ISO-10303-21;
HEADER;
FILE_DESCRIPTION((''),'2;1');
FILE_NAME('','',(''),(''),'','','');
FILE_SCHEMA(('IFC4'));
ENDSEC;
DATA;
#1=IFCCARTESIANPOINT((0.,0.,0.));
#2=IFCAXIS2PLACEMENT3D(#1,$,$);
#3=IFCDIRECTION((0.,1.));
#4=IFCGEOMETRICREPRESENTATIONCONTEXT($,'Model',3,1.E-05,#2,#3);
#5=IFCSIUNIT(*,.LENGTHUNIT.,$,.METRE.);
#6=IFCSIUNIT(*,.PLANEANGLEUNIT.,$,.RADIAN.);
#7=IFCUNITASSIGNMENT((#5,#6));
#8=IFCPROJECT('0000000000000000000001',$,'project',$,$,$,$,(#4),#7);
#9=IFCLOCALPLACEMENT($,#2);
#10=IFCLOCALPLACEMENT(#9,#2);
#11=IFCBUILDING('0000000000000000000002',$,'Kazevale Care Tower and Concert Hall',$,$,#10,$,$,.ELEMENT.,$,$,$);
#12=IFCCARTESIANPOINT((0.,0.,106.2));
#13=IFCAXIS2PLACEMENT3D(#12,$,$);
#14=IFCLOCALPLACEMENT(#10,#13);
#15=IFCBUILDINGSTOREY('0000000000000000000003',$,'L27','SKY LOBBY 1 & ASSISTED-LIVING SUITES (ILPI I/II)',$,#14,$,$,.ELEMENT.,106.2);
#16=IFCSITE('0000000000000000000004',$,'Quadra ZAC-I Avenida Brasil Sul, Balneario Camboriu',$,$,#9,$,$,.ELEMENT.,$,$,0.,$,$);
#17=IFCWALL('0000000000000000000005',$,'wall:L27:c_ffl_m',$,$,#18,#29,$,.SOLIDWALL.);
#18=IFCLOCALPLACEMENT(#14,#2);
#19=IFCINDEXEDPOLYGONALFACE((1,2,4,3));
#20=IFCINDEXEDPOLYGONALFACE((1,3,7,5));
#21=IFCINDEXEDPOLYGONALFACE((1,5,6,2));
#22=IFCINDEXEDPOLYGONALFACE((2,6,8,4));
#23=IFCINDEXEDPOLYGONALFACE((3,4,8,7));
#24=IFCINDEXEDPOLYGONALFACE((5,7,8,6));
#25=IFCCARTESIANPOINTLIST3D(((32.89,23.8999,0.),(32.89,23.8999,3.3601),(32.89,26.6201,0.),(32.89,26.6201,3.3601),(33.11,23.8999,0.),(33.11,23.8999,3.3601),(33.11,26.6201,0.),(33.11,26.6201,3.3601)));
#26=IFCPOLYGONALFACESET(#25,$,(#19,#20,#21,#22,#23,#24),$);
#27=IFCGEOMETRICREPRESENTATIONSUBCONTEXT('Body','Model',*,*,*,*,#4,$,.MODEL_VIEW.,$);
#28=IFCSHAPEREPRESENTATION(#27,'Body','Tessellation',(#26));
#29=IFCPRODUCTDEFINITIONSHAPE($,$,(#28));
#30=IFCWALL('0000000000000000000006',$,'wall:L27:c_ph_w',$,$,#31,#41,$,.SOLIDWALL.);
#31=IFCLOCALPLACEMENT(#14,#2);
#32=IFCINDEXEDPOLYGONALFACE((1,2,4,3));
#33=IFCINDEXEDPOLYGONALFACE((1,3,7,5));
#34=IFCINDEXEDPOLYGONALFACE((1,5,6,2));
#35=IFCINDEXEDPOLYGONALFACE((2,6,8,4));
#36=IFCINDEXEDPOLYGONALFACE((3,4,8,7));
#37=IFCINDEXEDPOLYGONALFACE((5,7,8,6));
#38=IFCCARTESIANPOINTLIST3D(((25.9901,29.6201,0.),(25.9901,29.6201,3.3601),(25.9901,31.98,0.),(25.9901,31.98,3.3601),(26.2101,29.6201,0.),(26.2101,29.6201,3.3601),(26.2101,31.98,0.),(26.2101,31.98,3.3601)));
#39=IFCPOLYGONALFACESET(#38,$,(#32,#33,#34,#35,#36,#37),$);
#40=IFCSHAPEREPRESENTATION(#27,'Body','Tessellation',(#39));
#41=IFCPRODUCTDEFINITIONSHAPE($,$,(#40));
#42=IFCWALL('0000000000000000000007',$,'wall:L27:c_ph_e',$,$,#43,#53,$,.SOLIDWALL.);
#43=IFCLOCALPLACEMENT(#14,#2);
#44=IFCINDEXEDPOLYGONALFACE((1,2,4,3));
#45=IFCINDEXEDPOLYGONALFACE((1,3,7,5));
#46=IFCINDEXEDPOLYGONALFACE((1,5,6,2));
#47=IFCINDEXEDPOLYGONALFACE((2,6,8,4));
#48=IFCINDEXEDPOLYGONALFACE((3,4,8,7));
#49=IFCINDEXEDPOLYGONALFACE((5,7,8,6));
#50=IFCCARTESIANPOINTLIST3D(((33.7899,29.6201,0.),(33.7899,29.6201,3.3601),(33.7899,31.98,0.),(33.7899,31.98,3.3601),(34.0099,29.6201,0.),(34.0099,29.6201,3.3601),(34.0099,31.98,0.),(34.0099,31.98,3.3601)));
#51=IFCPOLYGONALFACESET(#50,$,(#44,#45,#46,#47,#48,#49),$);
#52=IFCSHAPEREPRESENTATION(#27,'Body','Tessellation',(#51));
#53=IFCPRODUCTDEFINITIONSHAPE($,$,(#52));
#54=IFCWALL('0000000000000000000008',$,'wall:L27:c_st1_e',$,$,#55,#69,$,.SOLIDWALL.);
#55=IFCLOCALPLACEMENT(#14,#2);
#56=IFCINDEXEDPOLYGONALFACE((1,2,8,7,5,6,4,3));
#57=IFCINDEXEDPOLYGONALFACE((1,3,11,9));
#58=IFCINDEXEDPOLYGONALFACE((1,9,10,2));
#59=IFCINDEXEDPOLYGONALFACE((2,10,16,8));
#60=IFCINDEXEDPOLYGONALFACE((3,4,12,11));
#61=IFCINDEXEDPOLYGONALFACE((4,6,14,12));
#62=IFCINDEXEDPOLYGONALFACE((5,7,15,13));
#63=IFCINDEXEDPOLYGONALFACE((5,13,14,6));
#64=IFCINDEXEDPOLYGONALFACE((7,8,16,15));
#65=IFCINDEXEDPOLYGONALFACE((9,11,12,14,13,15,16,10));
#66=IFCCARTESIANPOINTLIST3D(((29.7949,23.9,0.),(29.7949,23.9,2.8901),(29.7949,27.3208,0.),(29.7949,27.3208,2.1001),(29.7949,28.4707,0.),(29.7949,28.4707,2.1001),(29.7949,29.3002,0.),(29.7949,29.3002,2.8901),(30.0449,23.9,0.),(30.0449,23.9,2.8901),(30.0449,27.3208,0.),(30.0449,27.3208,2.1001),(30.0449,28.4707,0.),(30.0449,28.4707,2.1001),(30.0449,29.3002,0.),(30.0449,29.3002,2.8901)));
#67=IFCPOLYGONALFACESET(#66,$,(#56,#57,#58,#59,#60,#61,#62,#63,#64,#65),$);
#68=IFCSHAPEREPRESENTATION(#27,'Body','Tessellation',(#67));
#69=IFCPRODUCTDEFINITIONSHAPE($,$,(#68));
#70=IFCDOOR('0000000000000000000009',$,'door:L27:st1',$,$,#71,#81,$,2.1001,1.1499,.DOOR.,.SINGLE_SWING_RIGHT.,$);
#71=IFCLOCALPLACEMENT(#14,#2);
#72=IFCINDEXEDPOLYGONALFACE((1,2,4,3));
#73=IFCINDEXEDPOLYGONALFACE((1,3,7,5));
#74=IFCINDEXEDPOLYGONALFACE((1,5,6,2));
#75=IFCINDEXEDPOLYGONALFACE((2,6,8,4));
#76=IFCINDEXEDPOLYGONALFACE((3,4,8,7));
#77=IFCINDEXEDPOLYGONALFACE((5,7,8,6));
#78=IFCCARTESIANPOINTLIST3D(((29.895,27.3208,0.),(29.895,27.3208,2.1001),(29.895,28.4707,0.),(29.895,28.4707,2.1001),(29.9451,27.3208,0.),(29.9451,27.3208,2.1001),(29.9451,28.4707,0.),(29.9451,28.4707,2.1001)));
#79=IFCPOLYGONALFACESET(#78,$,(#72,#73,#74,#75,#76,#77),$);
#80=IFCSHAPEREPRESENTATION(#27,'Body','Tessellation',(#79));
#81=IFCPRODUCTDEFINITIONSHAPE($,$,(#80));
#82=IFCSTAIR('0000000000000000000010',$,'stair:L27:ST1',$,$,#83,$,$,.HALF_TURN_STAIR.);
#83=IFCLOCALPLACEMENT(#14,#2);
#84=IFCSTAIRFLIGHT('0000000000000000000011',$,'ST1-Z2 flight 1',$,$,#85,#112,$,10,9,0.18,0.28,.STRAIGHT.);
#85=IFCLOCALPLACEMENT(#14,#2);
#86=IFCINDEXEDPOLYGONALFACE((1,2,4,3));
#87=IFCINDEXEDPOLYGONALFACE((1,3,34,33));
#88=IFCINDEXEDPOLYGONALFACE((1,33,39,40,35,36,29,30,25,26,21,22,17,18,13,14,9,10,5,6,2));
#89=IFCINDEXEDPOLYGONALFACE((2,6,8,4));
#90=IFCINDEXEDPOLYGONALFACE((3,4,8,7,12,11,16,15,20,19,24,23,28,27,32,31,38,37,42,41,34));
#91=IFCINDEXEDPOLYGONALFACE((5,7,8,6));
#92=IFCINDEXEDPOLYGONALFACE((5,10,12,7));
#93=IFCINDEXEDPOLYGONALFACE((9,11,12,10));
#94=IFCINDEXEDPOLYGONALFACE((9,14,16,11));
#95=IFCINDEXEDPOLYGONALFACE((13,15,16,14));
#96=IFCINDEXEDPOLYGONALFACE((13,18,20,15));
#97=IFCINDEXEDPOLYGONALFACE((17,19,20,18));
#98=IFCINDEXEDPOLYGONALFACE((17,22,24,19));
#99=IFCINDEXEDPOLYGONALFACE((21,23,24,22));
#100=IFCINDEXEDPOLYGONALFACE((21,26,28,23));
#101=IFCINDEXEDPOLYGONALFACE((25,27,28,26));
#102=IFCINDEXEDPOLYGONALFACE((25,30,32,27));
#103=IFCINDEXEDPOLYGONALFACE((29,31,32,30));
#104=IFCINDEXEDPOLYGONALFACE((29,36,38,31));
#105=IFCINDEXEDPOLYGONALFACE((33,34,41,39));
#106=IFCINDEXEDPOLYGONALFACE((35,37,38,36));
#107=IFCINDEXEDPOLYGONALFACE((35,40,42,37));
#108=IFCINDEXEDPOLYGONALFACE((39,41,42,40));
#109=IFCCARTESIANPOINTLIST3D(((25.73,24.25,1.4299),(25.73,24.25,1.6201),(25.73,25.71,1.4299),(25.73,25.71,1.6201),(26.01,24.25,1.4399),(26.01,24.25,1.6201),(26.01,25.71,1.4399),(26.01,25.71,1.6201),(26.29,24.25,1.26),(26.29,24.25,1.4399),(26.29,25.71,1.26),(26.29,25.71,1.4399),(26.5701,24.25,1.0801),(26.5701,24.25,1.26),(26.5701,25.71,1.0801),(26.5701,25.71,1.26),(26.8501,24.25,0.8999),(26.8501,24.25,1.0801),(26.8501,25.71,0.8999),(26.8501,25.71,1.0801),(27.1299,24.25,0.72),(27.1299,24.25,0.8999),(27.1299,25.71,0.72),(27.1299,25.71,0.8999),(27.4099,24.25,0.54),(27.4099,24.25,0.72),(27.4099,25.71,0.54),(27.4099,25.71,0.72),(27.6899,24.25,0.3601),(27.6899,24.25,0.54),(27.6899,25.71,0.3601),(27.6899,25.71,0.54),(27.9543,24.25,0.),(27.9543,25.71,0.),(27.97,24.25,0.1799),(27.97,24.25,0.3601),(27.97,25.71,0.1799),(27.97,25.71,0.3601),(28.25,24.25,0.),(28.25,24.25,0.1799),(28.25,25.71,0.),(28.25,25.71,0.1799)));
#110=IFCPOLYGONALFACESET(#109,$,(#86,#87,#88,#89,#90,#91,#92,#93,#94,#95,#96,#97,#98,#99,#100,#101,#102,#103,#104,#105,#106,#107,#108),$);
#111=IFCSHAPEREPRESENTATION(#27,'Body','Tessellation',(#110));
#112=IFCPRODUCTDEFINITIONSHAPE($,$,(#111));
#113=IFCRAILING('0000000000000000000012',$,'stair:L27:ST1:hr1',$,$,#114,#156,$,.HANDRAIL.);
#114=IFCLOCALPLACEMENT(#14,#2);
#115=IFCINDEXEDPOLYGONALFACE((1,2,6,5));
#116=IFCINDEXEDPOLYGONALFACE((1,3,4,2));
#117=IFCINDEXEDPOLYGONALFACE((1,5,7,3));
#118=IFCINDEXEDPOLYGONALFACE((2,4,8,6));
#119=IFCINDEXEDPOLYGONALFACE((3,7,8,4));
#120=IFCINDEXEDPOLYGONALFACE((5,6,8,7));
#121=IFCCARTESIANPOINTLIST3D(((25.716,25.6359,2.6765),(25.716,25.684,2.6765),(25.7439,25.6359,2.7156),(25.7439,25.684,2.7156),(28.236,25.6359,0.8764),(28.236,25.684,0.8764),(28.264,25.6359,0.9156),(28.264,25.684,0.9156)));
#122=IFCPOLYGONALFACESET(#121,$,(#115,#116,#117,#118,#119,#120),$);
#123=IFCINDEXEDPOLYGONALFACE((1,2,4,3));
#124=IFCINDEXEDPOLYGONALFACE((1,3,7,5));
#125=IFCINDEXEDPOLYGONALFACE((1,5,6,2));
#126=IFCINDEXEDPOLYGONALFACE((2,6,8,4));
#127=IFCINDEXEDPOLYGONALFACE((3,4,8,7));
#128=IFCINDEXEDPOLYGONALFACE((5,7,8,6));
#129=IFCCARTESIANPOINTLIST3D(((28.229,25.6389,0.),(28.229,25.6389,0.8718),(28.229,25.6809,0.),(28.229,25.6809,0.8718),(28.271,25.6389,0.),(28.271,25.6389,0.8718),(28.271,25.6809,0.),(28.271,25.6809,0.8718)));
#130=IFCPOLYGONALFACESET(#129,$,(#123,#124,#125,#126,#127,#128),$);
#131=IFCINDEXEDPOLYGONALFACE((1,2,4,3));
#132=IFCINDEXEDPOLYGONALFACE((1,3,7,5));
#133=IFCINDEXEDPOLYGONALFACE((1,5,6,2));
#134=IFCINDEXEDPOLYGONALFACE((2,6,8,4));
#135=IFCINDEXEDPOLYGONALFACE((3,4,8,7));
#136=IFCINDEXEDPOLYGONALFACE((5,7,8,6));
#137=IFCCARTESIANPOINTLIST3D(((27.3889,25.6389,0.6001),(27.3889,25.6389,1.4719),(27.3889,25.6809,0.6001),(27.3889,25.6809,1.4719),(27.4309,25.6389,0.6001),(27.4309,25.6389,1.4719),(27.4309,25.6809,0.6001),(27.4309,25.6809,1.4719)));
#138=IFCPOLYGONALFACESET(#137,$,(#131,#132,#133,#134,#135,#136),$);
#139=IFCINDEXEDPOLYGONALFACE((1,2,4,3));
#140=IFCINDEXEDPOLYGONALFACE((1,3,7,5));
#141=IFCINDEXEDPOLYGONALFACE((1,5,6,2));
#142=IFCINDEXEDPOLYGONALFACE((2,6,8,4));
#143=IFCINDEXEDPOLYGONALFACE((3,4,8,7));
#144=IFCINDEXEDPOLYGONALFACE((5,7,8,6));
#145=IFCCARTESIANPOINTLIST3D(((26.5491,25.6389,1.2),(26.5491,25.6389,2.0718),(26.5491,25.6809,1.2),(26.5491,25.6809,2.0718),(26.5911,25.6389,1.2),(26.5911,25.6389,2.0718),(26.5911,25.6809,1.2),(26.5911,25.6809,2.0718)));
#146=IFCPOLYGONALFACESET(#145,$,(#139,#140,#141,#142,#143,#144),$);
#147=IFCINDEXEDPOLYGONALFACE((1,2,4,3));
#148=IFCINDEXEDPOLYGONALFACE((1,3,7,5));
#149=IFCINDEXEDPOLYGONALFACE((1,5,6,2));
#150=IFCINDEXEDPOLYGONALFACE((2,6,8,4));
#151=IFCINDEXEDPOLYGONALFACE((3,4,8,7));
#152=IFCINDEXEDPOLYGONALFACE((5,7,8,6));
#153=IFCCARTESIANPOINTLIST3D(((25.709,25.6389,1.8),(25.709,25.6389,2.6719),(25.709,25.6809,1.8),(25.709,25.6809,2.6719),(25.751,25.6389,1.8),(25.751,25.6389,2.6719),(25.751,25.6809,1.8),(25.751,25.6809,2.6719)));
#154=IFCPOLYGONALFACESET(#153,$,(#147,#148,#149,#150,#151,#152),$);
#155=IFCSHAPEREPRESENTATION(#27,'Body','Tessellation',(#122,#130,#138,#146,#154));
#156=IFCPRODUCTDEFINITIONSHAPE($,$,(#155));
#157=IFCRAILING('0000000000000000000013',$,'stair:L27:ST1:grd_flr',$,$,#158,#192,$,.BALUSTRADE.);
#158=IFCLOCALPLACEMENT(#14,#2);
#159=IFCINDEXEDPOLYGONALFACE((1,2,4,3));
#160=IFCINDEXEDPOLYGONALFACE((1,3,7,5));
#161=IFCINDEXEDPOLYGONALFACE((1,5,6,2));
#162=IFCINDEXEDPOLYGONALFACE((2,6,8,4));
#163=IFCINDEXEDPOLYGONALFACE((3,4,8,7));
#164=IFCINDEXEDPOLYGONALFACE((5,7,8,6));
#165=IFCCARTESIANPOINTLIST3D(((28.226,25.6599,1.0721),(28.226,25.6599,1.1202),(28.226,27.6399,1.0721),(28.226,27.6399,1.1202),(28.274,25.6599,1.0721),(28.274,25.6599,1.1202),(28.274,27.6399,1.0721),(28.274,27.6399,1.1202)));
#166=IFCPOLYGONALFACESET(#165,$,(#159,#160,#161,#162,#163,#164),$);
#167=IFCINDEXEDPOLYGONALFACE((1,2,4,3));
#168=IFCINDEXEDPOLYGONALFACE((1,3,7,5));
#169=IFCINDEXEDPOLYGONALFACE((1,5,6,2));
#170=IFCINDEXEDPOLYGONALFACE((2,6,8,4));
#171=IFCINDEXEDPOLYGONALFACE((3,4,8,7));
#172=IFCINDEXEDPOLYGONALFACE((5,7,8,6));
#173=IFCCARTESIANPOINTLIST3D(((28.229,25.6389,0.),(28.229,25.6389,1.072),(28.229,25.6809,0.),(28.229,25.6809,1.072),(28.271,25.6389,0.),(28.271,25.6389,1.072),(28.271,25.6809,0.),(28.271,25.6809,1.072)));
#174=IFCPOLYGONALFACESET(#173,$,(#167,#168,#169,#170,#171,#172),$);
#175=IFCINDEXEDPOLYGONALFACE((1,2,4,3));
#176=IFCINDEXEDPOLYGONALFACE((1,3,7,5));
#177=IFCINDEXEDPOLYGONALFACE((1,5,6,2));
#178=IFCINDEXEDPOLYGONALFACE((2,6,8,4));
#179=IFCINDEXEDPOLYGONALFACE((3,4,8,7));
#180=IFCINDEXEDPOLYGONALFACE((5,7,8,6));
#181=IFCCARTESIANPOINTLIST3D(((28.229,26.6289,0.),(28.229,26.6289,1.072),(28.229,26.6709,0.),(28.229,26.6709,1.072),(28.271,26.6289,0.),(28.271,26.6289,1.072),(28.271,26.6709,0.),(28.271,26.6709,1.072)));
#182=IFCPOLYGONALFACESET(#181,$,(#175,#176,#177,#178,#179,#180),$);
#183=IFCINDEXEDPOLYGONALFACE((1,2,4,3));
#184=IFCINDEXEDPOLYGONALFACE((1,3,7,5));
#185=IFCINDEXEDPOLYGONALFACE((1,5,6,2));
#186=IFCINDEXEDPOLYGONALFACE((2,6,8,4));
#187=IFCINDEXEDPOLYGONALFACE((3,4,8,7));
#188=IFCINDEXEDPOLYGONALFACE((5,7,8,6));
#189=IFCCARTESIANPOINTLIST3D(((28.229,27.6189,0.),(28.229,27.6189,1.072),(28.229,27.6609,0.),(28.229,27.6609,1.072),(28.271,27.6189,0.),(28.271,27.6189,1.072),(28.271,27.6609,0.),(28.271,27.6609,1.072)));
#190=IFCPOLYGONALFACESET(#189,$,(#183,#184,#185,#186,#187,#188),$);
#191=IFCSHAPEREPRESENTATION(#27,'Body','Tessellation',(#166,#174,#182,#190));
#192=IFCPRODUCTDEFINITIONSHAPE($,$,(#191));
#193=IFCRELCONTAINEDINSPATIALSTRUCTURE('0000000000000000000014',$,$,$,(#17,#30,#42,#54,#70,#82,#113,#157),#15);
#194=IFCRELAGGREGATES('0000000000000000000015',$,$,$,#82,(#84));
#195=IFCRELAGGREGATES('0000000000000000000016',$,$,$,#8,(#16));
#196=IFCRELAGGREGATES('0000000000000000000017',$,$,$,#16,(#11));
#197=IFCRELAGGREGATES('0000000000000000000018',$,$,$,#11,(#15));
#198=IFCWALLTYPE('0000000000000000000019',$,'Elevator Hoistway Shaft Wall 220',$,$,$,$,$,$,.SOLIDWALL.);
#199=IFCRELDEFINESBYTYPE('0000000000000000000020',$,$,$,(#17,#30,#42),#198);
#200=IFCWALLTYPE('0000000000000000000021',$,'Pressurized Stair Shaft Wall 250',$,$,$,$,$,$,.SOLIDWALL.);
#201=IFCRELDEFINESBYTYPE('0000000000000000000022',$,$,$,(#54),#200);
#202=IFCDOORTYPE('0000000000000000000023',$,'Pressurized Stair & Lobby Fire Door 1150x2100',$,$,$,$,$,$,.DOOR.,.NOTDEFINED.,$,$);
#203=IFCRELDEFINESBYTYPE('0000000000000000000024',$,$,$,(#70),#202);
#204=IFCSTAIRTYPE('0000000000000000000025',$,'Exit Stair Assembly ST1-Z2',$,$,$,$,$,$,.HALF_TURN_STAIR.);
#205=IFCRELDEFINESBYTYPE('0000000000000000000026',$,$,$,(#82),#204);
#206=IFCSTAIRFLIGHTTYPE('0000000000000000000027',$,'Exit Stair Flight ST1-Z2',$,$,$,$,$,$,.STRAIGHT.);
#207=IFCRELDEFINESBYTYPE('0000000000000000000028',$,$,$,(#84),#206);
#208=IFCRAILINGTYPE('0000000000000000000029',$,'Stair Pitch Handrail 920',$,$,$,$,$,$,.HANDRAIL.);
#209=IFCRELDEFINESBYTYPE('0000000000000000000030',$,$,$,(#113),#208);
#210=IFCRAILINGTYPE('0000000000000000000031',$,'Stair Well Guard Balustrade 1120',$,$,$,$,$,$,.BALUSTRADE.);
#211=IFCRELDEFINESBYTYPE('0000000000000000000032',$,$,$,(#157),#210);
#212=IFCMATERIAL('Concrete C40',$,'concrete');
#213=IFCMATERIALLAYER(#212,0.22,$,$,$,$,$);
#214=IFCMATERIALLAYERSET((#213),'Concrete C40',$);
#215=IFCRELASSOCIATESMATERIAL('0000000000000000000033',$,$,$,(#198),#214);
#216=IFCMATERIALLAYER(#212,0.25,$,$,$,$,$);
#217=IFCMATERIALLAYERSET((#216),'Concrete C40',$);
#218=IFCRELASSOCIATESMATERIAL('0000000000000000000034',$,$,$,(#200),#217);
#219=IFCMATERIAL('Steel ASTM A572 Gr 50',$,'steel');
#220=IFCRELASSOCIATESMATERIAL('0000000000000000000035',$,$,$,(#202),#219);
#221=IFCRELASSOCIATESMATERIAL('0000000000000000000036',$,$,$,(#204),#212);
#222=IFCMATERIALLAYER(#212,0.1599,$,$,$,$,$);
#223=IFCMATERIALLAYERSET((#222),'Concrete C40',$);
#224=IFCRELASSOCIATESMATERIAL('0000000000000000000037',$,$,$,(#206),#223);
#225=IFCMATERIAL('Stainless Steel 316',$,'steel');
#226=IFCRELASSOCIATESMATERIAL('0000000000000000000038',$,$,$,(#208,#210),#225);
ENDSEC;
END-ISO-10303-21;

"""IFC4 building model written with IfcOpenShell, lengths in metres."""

from ifc_helpers import new_model, si_unit, direction, frame, frame_2d, origin, origin_2d, place, context, subcontext, project, spatial, polyline, rectangle, outline, extrude, material, layer, layer_set, type_object, element, fill, aggregate, save


model = new_model("IFC4")

# Units and contexts
model_context = context("Model", 3, precision=1e-05, world=origin(), true_north=direction((0.0, 1.0)))
body_context = subcontext(model_context, "Body", "Model", "MODEL_VIEW")
ifc_project = project(units=[si_unit("LENGTHUNIT", "METRE"), si_unit("PLANEANGLEUNIT", "RADIAN")], contexts=[model_context])

# Site, building, storey
site_placement = place(None, origin())
site = spatial("IfcSite", under=ifc_project, at=site_placement, Name="Quadra ZAC-I Avenida Brasil Sul, Balneario Camboriu", CompositionType="ELEMENT", RefElevation=0.0)
building_placement = place(site_placement, origin())
building = spatial("IfcBuilding", under=site, at=building_placement, Name="Kazevale Care Tower and Concert Hall", CompositionType="ELEMENT")
storey_placement = place(building_placement, frame((0.0, 0.0, 106.2)))
storey = spatial("IfcBuildingStorey", under=building, at=storey_placement, Name="L27", Description="SKY LOBBY 1 & ASSISTED-LIVING SUITES (ILPI I/II)", CompositionType="ELEMENT", Elevation=106.2)

# Shared definitions
ifc_material_1 = material(Name="Steel ASTM A572 Gr 50", Category="steel")

# Shared definitions
ifc_material_2 = material(Name="Concrete C40", Category="concrete")
ifc_layer_1 = layer(ifc_material_2, 0.22)
ifc_layer_set_1 = layer_set([ifc_layer_1], Name="Concrete C40")
wall_type_1 = type_object("IfcWallType", Name="Elevator Hoistway Shaft Wall 220", PredefinedType="SOLIDWALL", material=ifc_layer_set_1)
ifc_material_3 = material(Name="Stainless Steel 316", Category="steel")

# Walls
wall_1_placement = place(storey_placement, frame((33.0, 23.8999, 0.0), z_axis=(0.0, 0.0, 1.0), x_axis=(0.0, 1.0, 0.0)))
element("IfcWall", 1, at=wall_1_placement, inside=storey, type_object=wall_type_1, Name="wall:L27:c_ffl_m", PredefinedType="SOLIDWALL", context=body_context, shape_type="SweptSolid", body=[
    extrude(rectangle(XDim=2.7202, YDim=0.22, at=frame_2d((1.3601, 0.0))), origin(), (0.0, 0.0, 1.0), 3.3601),
])
for number, where, z_axis, x_axis, name in (
    (2, (26.1001, 29.6201, 0.0), (0.0, 0.0, 1.0), (0.0, 1.0, 0.0), "wall:L27:c_ph_w"),
    (3, (33.8999, 29.6201, 0.0), (0.0, 0.0, 1.0), (0.0, 1.0, 0.0), "wall:L27:c_ph_e"),
):
    element("IfcWall", number, at=place(storey_placement, frame(where, z_axis=z_axis, x_axis=x_axis)), inside=storey, type_object=wall_type_1, Name=name, PredefinedType="SOLIDWALL", context=body_context, shape_type="SweptSolid", body=[
        extrude(rectangle(XDim=2.3599, YDim=0.22, at=frame_2d((1.1799, 0.0))), origin(), (0.0, 0.0, 1.0), 3.3601),
    ])

# Wall, opening, door
ifc_layer_2 = layer(ifc_material_2, 0.25)
ifc_layer_set_2 = layer_set([ifc_layer_2], Name="Concrete C40")
wall_type_2 = type_object("IfcWallType", Name="Pressurized Stair Shaft Wall 250", PredefinedType="SOLIDWALL", material=ifc_layer_set_2)
wall_2_placement = place(storey_placement, frame((29.9199, 23.8999, 0.0), z_axis=(0.0, 0.0, 1.0), x_axis=(0.0, 1.0, 0.0)))
wall_2 = element("IfcWall", 4, at=wall_2_placement, inside=storey, type_object=wall_type_2, Name="wall:L27:c_st1_e", PredefinedType="SOLIDWALL", context=body_context, shape_type="SweptSolid", body=[
    extrude(rectangle(XDim=5.4001, YDim=0.25, at=frame_2d((2.7002, 0.0))), origin(), (0.0, 0.0, 1.0), 2.8901),
])
opening_1_placement = place(wall_2_placement, frame((3.4209, 0.0, 0.0)))
opening_1 = element("IfcOpeningElement", 5, at=opening_1_placement, cuts=wall_2, PredefinedType="OPENING", context=body_context, shape_type="SweptSolid", body=[
    extrude(rectangle(XDim=1.1499, YDim=2.1001, at=frame_2d((0.575, 1.05))), frame((0.0, 0.135, 0.0), z_axis=(0.0, -1.0, 0.0), x_axis=(1.0, 0.0, 0.0)), (0.0, 0.0, 1.0), 0.27),
])
door_type_1 = type_object("IfcDoorType", Name="Pressurized Stair & Lobby Fire Door 1150x2100", OperationType="NOTDEFINED", PredefinedType="DOOR", material=ifc_material_1)
door_1_placement = place(opening_1_placement, origin())
door_1 = element("IfcDoor", 6, at=door_1_placement, inside=storey, type_object=door_type_1, Name="door:L27:st1", OperationType="SINGLE_SWING_RIGHT", OverallHeight=2.1001, OverallWidth=1.1499, PredefinedType="DOOR", context=body_context, shape_type="SweptSolid", body=[
    extrude(rectangle(XDim=1.1499, YDim=2.1001, at=frame_2d((0.575, 1.05))), frame((0.0, 0.0249, 0.0), z_axis=(0.0, -1.0, 0.0), x_axis=(1.0, 0.0, 0.0)), (0.0, 0.0, 1.0), 0.05),
])
fill(opening_1, door_1)

# Stair, stair flight
stair_type = type_object("IfcStairType", Name="Exit Stair Assembly ST1-Z2", PredefinedType="HALF_TURN_STAIR", material=ifc_material_2)
stair_placement = place(storey_placement, origin())
stair = element("IfcStair", 7, at=stair_placement, inside=storey, type_object=stair_type, Name="stair:L27:ST1", PredefinedType="HALF_TURN_STAIR")
ifc_layer_3 = layer(ifc_material_2, 0.1599)
ifc_layer_set_3 = layer_set([ifc_layer_3], Name="Concrete C40")
stair_flight_type = type_object("IfcStairFlightType", Name="Exit Stair Flight ST1-Z2", PredefinedType="STRAIGHT", material=ifc_layer_set_3)
stair_flight_placement = place(storey_placement, frame((28.25, 24.98, 0.0), z_axis=(0.0, 0.0, 1.0), x_axis=(-1.0, 0.0, 0.0)))
stair_flight = element("IfcStairFlight", 8, at=stair_flight_placement, type_object=stair_flight_type, Name="ST1-Z2 flight 1", NumberOfRisers=10, NumberOfTreads=9, PredefinedType="STRAIGHT", RiserHeight=0.18, TreadLength=0.28, context=body_context, shape_type="SweptSolid", body=[
    extrude(outline(polyline([(0.0, 0.0), (0.0, 0.1799), (0.28, 0.1799), (0.28, 0.3601), (0.5601, 0.3601), (0.5601, 0.54), (0.8401, 0.54), (0.8401, 0.72), (1.1201, 0.72), (1.1201, 0.8999), (1.3999, 0.8999), (1.3999, 1.0801), (1.6799, 1.0801), (1.6799, 1.26), (1.96, 1.26), (1.96, 1.4399), (2.24, 1.4399), (2.24, 1.6201), (2.52, 1.6201), (2.52, 1.8), (2.52, 1.4299), (0.2957, 0.0), (0.0, 0.0)])), frame((0.0, 0.73, 0.0), z_axis=(0.0, -1.0, 0.0), x_axis=(1.0, 0.0, 0.0)), (0.0, 0.0, 1.0), 1.46),
])
aggregate(stair, [stair_flight])

# Railings
railing_type_1 = type_object("IfcRailingType", Name="Stair Pitch Handrail 920", PredefinedType="HANDRAIL", material=ifc_material_3)
railing_1_placement = place(storey_placement, frame((28.25, 25.6599, 0.0)))
element("IfcRailing", 9, at=railing_1_placement, inside=storey, type_object=railing_type_1, Name="stair:L27:ST1:hr1", PredefinedType="HANDRAIL", context=body_context, shape_type="SweptSolid", body=[
    extrude(rectangle(XDim=0.0481, YDim=0.0481, at=origin_2d()), frame((0.0, 0.0, 0.896), z_axis=(-0.813728, 0.0, 0.581246), x_axis=(0.0, -1.0, 0.0)), (0.0, 0.0, 1.0), 3.0969),
    extrude(rectangle(XDim=0.042, YDim=0.042, at=origin_2d()), origin(), (0.0, 0.0, 1.0), 0.8718),
    extrude(rectangle(XDim=0.042, YDim=0.042, at=origin_2d()), frame((-0.8401, 0.0, 0.6001)), (0.0, 0.0, 1.0), 0.8718),
    extrude(rectangle(XDim=0.042, YDim=0.042, at=origin_2d()), frame((-1.6799, 0.0, 1.2)), (0.0, 0.0, 1.0), 0.8718),
    extrude(rectangle(XDim=0.042, YDim=0.042, at=origin_2d()), frame((-2.52, 0.0, 1.8)), (0.0, 0.0, 1.0), 0.8718),
])
railing_type_2 = type_object("IfcRailingType", Name="Stair Well Guard Balustrade 1120", PredefinedType="BALUSTRADE", material=ifc_material_3)
railing_2_placement = place(storey_placement, frame((28.25, 25.6599, 0.0)))
element("IfcRailing", 10, at=railing_2_placement, inside=storey, type_object=railing_type_2, Name="stair:L27:ST1:grd_flr", PredefinedType="BALUSTRADE", context=body_context, shape_type="SweptSolid", body=[
    extrude(rectangle(XDim=0.0481, YDim=0.0481, at=origin_2d()), frame((0.0, 0.0, 1.0962), z_axis=(0.0, 1.0, 0.0), x_axis=(-1.0, 0.0, 0.0)), (0.0, 0.0, 1.0), 1.98),
    extrude(rectangle(XDim=0.042, YDim=0.042, at=origin_2d()), origin(), (0.0, 0.0, 1.0), 1.072),
    extrude(rectangle(XDim=0.042, YDim=0.042, at=origin_2d()), frame((0.0, 0.99, 0.0)), (0.0, 0.0, 1.0), 1.072),
    extrude(rectangle(XDim=0.042, YDim=0.042, at=origin_2d()), frame((0.0, 1.98, 0.0)), (0.0, 0.0, 1.0), 1.072),
])

save(model, "model.ifc")
